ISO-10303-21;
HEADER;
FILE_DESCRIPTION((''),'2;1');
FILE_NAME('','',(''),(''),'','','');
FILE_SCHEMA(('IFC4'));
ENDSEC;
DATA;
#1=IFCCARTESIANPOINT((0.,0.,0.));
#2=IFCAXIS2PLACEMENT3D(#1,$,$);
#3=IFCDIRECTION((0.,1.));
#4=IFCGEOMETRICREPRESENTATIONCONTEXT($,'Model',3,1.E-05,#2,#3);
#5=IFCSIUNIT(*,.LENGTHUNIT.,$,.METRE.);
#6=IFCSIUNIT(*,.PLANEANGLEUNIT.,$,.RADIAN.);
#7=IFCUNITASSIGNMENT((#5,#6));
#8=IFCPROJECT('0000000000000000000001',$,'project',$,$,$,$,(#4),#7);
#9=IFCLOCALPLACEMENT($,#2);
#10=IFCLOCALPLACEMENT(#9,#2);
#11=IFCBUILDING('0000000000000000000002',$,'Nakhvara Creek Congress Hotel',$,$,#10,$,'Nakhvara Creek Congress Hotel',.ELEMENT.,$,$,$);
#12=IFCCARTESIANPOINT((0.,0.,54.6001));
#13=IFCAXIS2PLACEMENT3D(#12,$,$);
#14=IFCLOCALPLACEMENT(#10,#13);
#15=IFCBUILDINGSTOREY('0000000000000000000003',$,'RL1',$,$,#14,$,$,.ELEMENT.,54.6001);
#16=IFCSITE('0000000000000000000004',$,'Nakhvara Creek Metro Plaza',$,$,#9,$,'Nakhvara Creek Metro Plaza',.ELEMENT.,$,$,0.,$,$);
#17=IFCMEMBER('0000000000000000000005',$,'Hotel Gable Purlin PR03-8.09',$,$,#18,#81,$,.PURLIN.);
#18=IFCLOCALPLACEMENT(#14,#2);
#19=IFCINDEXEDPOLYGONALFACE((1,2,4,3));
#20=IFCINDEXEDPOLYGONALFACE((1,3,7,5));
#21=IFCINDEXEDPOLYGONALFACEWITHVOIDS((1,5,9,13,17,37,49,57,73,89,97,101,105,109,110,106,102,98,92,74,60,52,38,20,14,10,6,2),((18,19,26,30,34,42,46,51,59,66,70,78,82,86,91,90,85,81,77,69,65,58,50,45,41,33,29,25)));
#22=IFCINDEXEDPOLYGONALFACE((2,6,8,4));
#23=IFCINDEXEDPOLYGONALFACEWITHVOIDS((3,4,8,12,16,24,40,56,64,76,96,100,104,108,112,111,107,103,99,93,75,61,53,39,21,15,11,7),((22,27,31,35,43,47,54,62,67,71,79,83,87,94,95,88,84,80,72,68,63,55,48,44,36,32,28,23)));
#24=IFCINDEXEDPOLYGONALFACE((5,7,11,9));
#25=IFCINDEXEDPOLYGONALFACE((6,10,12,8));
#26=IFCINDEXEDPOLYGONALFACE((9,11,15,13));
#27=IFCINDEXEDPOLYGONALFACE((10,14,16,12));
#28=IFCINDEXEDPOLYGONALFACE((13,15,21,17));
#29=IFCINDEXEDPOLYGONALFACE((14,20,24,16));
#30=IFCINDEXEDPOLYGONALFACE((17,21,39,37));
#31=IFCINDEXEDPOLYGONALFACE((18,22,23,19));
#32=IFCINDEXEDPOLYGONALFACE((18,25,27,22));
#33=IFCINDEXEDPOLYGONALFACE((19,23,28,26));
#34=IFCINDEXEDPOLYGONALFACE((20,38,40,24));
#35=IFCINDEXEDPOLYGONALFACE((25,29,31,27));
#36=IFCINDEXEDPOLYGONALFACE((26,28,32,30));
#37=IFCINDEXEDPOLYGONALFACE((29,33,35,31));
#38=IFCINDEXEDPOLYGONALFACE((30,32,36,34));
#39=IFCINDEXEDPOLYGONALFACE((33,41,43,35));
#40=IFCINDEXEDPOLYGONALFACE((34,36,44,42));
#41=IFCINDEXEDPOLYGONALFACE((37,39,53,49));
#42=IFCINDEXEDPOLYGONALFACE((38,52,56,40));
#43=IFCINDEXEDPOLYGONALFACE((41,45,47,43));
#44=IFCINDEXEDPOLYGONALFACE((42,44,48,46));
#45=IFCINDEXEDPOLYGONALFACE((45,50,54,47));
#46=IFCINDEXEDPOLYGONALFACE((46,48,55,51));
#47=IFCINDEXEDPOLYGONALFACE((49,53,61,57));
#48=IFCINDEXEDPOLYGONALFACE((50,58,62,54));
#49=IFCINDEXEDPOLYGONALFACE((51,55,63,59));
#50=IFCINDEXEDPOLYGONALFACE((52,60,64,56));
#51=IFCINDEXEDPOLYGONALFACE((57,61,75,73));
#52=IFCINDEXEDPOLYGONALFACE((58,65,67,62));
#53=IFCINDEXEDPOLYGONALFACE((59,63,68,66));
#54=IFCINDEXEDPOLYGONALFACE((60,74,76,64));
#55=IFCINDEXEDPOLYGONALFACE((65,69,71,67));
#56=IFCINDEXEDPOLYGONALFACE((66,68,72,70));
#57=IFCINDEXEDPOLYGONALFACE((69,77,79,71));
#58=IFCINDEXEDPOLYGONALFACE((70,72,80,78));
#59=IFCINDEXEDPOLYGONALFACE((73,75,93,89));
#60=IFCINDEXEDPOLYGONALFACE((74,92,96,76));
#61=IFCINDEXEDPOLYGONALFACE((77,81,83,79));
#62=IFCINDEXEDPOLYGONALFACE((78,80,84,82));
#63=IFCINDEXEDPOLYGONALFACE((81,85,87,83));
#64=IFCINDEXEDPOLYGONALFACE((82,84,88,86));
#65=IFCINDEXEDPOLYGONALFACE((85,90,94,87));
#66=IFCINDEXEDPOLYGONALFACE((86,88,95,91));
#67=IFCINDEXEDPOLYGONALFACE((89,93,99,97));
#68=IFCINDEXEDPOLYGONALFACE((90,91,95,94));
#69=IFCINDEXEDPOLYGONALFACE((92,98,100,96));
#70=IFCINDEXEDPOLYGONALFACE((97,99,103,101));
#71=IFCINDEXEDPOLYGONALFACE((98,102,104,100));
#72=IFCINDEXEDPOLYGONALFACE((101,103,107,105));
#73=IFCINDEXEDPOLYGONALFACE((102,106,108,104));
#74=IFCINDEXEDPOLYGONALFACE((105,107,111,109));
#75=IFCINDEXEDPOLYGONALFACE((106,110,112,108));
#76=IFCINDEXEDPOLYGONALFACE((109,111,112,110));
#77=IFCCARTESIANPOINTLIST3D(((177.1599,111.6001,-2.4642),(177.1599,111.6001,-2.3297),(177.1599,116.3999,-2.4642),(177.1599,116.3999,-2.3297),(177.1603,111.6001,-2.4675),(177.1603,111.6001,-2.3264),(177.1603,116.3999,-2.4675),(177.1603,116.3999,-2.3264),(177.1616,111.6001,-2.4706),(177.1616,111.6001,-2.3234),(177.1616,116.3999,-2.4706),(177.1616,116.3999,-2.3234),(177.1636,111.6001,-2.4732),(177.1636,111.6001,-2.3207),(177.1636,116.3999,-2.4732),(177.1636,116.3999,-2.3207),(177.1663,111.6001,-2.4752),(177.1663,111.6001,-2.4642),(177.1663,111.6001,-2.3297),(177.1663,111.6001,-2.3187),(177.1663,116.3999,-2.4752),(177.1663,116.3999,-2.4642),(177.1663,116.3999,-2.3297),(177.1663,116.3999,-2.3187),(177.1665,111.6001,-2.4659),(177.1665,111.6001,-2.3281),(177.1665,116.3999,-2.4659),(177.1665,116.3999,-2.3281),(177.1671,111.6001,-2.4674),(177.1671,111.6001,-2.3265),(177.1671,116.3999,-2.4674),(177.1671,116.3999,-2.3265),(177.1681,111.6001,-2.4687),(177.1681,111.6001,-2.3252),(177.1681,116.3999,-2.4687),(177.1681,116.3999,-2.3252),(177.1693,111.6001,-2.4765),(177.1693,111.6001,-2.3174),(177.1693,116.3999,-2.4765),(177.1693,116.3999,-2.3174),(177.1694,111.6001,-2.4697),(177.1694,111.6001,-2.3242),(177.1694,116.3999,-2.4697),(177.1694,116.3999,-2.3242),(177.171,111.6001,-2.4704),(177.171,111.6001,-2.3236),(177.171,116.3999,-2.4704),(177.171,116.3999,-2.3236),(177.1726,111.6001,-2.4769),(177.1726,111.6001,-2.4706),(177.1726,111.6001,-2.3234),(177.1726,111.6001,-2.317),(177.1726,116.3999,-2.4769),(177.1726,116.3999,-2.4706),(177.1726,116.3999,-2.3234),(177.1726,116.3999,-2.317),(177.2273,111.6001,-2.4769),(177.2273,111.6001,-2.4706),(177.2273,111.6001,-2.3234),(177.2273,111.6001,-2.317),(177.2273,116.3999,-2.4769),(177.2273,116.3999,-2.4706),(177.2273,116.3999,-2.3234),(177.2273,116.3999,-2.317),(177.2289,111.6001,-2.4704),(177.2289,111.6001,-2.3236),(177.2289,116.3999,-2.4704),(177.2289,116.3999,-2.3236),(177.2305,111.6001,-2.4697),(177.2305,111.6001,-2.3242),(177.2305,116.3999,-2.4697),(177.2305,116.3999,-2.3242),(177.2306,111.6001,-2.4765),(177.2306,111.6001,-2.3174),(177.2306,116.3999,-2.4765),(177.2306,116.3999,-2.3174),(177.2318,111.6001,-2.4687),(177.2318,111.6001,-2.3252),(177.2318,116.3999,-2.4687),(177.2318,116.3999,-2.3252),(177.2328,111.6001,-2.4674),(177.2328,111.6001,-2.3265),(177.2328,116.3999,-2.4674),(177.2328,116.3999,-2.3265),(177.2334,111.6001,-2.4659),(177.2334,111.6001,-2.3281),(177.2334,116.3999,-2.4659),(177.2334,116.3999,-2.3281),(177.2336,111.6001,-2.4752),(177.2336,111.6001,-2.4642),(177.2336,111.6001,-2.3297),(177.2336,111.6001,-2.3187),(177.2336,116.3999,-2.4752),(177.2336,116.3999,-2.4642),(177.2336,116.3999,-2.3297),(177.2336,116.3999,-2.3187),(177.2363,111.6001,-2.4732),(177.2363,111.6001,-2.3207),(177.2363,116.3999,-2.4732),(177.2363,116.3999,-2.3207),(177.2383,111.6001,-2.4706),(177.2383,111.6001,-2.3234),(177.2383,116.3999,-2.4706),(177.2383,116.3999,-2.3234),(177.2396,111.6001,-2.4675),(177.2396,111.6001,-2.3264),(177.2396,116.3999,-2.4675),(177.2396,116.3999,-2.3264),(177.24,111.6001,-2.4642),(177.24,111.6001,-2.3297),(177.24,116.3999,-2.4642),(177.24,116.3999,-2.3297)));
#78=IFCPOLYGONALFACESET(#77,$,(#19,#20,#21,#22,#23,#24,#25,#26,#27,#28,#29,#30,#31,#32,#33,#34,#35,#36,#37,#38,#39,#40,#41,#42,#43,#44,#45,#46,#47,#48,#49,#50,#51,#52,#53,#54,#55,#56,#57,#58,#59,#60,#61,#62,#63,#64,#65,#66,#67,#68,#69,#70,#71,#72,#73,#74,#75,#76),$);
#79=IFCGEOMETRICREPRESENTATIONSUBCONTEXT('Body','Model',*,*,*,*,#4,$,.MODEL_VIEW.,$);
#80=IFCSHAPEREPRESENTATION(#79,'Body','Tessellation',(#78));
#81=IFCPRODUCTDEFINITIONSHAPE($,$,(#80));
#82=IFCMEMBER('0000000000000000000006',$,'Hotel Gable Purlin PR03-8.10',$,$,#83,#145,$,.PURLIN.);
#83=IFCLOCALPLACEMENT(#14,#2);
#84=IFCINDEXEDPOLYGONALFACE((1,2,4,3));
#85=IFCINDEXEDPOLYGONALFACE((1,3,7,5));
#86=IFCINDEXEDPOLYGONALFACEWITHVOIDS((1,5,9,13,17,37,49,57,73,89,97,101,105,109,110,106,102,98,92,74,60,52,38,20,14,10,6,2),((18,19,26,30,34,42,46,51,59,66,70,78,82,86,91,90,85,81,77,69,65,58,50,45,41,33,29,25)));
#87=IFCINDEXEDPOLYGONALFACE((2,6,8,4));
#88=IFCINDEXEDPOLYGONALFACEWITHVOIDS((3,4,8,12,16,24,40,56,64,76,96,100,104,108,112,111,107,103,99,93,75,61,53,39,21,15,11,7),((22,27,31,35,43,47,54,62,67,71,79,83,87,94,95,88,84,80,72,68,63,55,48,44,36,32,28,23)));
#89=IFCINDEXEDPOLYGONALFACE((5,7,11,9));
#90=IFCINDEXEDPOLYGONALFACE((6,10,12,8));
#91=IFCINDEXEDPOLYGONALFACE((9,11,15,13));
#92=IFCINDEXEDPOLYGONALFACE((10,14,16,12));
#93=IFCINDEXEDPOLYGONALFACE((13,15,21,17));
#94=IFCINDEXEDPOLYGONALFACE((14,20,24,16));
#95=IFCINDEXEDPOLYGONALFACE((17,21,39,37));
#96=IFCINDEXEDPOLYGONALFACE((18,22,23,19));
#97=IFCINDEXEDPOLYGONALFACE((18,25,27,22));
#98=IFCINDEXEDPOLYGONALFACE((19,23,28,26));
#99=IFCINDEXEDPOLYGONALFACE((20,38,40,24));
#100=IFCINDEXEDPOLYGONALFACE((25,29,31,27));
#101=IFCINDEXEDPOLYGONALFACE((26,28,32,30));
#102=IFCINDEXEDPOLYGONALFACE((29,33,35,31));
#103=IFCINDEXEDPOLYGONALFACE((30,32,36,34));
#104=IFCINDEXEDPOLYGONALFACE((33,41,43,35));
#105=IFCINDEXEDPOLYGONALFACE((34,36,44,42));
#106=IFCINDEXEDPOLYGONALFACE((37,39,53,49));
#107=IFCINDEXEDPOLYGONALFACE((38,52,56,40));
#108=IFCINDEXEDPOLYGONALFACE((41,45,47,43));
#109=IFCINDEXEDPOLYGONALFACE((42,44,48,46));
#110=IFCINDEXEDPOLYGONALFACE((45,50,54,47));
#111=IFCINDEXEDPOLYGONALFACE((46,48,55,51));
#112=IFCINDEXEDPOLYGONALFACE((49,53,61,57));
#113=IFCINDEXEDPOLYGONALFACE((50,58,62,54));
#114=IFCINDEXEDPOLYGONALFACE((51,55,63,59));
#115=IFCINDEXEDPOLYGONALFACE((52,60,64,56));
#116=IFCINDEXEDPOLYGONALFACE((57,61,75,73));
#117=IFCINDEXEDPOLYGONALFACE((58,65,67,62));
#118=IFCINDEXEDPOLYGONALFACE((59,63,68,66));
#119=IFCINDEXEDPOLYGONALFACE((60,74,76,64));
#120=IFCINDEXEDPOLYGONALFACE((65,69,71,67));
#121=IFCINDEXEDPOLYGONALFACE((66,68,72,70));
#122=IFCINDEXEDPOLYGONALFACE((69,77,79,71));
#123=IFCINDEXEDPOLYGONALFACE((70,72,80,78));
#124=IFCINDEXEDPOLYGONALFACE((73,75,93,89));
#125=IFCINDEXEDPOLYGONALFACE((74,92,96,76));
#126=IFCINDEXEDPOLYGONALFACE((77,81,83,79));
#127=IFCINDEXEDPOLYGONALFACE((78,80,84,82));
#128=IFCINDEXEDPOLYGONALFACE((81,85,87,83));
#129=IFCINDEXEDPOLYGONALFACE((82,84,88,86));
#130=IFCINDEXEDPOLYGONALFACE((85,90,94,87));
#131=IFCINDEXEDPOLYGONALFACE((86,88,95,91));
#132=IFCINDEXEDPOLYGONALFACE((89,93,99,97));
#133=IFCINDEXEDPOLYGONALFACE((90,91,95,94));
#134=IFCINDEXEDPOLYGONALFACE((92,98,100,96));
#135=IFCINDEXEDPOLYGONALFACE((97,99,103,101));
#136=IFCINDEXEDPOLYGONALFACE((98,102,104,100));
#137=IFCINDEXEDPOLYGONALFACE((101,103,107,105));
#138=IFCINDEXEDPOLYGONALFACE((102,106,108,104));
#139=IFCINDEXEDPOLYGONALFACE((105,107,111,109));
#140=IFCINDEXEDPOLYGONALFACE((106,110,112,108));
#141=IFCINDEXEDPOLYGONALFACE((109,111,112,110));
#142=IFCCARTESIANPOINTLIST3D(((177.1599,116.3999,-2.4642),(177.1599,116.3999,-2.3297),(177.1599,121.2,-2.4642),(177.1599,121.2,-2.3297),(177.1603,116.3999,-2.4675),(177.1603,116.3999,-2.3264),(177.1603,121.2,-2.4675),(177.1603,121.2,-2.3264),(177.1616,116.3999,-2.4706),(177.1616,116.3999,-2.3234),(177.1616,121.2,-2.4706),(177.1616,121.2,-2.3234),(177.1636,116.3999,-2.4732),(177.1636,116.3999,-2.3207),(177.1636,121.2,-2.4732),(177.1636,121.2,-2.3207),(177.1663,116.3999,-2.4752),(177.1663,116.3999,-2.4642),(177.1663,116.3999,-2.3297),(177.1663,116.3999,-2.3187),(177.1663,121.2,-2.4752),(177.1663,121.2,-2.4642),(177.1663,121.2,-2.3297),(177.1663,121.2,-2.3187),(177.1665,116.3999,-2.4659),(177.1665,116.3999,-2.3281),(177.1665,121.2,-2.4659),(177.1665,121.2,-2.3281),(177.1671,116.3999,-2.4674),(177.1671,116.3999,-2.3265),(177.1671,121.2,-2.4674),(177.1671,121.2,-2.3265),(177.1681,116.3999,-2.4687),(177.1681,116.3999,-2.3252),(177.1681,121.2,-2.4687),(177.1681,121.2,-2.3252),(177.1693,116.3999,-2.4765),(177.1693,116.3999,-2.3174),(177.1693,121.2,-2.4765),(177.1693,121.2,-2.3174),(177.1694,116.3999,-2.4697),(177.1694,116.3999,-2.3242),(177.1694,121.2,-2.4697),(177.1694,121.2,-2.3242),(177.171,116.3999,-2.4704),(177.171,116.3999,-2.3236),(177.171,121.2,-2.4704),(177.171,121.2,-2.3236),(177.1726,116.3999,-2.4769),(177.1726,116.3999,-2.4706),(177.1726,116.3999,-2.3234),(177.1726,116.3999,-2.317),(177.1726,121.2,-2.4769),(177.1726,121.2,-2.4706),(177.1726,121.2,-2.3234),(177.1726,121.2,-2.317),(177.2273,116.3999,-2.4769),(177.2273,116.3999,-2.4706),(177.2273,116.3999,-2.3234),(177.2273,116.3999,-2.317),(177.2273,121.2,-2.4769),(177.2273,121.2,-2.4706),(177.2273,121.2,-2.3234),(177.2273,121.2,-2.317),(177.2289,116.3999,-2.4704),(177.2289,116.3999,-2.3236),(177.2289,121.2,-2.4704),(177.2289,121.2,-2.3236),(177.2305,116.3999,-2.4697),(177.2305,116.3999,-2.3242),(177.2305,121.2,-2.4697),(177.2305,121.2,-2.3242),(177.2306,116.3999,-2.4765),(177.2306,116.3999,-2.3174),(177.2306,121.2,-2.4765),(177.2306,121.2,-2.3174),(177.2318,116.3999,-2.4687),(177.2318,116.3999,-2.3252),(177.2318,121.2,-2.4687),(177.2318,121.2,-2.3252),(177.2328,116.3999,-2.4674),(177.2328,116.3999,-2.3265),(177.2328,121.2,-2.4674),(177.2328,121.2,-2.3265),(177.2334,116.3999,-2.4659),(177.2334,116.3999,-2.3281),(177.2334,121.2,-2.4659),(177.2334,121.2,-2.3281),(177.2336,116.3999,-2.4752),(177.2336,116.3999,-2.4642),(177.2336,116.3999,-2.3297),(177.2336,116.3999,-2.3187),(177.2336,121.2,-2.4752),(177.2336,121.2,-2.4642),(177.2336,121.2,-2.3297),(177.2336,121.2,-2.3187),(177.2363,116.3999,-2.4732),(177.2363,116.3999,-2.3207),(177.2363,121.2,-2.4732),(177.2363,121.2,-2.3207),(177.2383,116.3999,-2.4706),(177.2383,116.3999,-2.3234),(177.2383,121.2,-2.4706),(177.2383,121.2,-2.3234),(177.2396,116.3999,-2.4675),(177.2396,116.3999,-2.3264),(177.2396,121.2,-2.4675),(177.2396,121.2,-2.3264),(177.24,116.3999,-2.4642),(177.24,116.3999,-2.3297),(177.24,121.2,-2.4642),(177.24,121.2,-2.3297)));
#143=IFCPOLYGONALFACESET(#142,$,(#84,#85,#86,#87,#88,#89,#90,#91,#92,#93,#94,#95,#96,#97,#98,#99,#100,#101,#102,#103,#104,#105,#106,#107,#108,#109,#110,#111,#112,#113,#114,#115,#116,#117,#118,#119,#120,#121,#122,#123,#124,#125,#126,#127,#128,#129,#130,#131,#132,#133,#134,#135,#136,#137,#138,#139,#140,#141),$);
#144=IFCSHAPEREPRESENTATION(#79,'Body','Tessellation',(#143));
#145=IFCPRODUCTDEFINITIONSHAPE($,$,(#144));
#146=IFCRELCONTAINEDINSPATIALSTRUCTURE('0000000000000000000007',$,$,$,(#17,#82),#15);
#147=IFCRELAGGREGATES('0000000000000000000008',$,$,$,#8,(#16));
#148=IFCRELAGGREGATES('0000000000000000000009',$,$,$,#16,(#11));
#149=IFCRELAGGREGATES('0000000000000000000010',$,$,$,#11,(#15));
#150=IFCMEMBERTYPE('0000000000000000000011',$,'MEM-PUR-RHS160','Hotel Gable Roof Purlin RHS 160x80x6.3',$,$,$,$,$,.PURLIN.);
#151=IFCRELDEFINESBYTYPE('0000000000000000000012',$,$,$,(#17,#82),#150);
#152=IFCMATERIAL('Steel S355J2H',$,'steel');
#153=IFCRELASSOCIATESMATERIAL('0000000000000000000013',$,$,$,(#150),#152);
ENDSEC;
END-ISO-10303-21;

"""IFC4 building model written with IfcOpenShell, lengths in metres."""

from ifc_helpers import new_model, si_unit, direction, frame, origin, origin_2d, place, context, subcontext, project, spatial, hollow_rectangle, extrude, material, material_profile, profile_set, type_object, element, save


model = new_model("IFC4")

# Units and contexts
model_context = context("Model", 3, precision=1e-05, world=origin(), true_north=direction((0.0, 1.0)))
body_context = subcontext(model_context, "Body", "Model", "MODEL_VIEW")
ifc_project = project(units=[si_unit("LENGTHUNIT", "METRE"), si_unit("PLANEANGLEUNIT", "RADIAN")], contexts=[model_context])

# Site, building, storey
site_placement = place(None, origin())
site = spatial("IfcSite", under=ifc_project, at=site_placement, Name="Nakhvara Creek Metro Plaza", LongName="Nakhvara Creek Metro Plaza", CompositionType="ELEMENT", RefElevation=0.0)
building_placement = place(site_placement, origin())
building = spatial("IfcBuilding", under=site, at=building_placement, Name="Nakhvara Creek Congress Hotel", LongName="Nakhvara Creek Congress Hotel", CompositionType="ELEMENT")
storey_placement = place(building_placement, frame((0.0, 0.0, 54.6001)))
storey = spatial("IfcBuildingStorey", under=building, at=storey_placement, Name="RL1", CompositionType="ELEMENT", Elevation=54.6001)

# Members
ifc_material_1 = material(Name="Steel S355J2H", Category="steel")
ifc_material_profile_1 = material_profile(ifc_material_1, hollow_rectangle(XDim=0.0801, YDim=0.1599, WallThickness=0.0063, InnerFilletRadius=0.0063, OuterFilletRadius=0.0127, at=origin_2d()), Name="RHS 160x80x6.3", Category="LoadBearing")
ifc_profile_set_1 = profile_set([ifc_material_profile_1], Name="Steel S355J2H")
member_type_1 = type_object("IfcMemberType", Name="MEM-PUR-RHS160", Description="Hotel Gable Roof Purlin RHS 160x80x6.3", PredefinedType="PURLIN", material=ifc_profile_set_1)
member_1_placement = place(storey_placement, frame((177.2, 111.6001, -2.397), z_axis=(0.0, 1.0, 0.0), x_axis=(-1.0, 0.0, 0.0)))
element("IfcMember", 1, at=member_1_placement, inside=storey, type_object=member_type_1, Name="Hotel Gable Purlin PR03-8.09", PredefinedType="PURLIN", context=body_context, shape_type="SweptSolid", body=[
    extrude(hollow_rectangle(XDim=0.0801, YDim=0.1599, WallThickness=0.0063, InnerFilletRadius=0.0063, OuterFilletRadius=0.0127, at=origin_2d()), origin(), (0.0, 0.0, 1.0), 4.7998),
])
member_2_placement = place(storey_placement, frame((177.2, 116.3999, -2.397), z_axis=(0.0, 1.0, 0.0), x_axis=(-1.0, 0.0, 0.0)))
element("IfcMember", 2, at=member_2_placement, inside=storey, type_object=member_type_1, Name="Hotel Gable Purlin PR03-8.10", PredefinedType="PURLIN", context=body_context, shape_type="SweptSolid", body=[
    extrude(hollow_rectangle(XDim=0.0801, YDim=0.1599, WallThickness=0.0063, InnerFilletRadius=0.0063, OuterFilletRadius=0.0127, at=origin_2d()), origin(), (0.0, 0.0, 1.0), 4.8),
])

save(model, "model.ifc")
